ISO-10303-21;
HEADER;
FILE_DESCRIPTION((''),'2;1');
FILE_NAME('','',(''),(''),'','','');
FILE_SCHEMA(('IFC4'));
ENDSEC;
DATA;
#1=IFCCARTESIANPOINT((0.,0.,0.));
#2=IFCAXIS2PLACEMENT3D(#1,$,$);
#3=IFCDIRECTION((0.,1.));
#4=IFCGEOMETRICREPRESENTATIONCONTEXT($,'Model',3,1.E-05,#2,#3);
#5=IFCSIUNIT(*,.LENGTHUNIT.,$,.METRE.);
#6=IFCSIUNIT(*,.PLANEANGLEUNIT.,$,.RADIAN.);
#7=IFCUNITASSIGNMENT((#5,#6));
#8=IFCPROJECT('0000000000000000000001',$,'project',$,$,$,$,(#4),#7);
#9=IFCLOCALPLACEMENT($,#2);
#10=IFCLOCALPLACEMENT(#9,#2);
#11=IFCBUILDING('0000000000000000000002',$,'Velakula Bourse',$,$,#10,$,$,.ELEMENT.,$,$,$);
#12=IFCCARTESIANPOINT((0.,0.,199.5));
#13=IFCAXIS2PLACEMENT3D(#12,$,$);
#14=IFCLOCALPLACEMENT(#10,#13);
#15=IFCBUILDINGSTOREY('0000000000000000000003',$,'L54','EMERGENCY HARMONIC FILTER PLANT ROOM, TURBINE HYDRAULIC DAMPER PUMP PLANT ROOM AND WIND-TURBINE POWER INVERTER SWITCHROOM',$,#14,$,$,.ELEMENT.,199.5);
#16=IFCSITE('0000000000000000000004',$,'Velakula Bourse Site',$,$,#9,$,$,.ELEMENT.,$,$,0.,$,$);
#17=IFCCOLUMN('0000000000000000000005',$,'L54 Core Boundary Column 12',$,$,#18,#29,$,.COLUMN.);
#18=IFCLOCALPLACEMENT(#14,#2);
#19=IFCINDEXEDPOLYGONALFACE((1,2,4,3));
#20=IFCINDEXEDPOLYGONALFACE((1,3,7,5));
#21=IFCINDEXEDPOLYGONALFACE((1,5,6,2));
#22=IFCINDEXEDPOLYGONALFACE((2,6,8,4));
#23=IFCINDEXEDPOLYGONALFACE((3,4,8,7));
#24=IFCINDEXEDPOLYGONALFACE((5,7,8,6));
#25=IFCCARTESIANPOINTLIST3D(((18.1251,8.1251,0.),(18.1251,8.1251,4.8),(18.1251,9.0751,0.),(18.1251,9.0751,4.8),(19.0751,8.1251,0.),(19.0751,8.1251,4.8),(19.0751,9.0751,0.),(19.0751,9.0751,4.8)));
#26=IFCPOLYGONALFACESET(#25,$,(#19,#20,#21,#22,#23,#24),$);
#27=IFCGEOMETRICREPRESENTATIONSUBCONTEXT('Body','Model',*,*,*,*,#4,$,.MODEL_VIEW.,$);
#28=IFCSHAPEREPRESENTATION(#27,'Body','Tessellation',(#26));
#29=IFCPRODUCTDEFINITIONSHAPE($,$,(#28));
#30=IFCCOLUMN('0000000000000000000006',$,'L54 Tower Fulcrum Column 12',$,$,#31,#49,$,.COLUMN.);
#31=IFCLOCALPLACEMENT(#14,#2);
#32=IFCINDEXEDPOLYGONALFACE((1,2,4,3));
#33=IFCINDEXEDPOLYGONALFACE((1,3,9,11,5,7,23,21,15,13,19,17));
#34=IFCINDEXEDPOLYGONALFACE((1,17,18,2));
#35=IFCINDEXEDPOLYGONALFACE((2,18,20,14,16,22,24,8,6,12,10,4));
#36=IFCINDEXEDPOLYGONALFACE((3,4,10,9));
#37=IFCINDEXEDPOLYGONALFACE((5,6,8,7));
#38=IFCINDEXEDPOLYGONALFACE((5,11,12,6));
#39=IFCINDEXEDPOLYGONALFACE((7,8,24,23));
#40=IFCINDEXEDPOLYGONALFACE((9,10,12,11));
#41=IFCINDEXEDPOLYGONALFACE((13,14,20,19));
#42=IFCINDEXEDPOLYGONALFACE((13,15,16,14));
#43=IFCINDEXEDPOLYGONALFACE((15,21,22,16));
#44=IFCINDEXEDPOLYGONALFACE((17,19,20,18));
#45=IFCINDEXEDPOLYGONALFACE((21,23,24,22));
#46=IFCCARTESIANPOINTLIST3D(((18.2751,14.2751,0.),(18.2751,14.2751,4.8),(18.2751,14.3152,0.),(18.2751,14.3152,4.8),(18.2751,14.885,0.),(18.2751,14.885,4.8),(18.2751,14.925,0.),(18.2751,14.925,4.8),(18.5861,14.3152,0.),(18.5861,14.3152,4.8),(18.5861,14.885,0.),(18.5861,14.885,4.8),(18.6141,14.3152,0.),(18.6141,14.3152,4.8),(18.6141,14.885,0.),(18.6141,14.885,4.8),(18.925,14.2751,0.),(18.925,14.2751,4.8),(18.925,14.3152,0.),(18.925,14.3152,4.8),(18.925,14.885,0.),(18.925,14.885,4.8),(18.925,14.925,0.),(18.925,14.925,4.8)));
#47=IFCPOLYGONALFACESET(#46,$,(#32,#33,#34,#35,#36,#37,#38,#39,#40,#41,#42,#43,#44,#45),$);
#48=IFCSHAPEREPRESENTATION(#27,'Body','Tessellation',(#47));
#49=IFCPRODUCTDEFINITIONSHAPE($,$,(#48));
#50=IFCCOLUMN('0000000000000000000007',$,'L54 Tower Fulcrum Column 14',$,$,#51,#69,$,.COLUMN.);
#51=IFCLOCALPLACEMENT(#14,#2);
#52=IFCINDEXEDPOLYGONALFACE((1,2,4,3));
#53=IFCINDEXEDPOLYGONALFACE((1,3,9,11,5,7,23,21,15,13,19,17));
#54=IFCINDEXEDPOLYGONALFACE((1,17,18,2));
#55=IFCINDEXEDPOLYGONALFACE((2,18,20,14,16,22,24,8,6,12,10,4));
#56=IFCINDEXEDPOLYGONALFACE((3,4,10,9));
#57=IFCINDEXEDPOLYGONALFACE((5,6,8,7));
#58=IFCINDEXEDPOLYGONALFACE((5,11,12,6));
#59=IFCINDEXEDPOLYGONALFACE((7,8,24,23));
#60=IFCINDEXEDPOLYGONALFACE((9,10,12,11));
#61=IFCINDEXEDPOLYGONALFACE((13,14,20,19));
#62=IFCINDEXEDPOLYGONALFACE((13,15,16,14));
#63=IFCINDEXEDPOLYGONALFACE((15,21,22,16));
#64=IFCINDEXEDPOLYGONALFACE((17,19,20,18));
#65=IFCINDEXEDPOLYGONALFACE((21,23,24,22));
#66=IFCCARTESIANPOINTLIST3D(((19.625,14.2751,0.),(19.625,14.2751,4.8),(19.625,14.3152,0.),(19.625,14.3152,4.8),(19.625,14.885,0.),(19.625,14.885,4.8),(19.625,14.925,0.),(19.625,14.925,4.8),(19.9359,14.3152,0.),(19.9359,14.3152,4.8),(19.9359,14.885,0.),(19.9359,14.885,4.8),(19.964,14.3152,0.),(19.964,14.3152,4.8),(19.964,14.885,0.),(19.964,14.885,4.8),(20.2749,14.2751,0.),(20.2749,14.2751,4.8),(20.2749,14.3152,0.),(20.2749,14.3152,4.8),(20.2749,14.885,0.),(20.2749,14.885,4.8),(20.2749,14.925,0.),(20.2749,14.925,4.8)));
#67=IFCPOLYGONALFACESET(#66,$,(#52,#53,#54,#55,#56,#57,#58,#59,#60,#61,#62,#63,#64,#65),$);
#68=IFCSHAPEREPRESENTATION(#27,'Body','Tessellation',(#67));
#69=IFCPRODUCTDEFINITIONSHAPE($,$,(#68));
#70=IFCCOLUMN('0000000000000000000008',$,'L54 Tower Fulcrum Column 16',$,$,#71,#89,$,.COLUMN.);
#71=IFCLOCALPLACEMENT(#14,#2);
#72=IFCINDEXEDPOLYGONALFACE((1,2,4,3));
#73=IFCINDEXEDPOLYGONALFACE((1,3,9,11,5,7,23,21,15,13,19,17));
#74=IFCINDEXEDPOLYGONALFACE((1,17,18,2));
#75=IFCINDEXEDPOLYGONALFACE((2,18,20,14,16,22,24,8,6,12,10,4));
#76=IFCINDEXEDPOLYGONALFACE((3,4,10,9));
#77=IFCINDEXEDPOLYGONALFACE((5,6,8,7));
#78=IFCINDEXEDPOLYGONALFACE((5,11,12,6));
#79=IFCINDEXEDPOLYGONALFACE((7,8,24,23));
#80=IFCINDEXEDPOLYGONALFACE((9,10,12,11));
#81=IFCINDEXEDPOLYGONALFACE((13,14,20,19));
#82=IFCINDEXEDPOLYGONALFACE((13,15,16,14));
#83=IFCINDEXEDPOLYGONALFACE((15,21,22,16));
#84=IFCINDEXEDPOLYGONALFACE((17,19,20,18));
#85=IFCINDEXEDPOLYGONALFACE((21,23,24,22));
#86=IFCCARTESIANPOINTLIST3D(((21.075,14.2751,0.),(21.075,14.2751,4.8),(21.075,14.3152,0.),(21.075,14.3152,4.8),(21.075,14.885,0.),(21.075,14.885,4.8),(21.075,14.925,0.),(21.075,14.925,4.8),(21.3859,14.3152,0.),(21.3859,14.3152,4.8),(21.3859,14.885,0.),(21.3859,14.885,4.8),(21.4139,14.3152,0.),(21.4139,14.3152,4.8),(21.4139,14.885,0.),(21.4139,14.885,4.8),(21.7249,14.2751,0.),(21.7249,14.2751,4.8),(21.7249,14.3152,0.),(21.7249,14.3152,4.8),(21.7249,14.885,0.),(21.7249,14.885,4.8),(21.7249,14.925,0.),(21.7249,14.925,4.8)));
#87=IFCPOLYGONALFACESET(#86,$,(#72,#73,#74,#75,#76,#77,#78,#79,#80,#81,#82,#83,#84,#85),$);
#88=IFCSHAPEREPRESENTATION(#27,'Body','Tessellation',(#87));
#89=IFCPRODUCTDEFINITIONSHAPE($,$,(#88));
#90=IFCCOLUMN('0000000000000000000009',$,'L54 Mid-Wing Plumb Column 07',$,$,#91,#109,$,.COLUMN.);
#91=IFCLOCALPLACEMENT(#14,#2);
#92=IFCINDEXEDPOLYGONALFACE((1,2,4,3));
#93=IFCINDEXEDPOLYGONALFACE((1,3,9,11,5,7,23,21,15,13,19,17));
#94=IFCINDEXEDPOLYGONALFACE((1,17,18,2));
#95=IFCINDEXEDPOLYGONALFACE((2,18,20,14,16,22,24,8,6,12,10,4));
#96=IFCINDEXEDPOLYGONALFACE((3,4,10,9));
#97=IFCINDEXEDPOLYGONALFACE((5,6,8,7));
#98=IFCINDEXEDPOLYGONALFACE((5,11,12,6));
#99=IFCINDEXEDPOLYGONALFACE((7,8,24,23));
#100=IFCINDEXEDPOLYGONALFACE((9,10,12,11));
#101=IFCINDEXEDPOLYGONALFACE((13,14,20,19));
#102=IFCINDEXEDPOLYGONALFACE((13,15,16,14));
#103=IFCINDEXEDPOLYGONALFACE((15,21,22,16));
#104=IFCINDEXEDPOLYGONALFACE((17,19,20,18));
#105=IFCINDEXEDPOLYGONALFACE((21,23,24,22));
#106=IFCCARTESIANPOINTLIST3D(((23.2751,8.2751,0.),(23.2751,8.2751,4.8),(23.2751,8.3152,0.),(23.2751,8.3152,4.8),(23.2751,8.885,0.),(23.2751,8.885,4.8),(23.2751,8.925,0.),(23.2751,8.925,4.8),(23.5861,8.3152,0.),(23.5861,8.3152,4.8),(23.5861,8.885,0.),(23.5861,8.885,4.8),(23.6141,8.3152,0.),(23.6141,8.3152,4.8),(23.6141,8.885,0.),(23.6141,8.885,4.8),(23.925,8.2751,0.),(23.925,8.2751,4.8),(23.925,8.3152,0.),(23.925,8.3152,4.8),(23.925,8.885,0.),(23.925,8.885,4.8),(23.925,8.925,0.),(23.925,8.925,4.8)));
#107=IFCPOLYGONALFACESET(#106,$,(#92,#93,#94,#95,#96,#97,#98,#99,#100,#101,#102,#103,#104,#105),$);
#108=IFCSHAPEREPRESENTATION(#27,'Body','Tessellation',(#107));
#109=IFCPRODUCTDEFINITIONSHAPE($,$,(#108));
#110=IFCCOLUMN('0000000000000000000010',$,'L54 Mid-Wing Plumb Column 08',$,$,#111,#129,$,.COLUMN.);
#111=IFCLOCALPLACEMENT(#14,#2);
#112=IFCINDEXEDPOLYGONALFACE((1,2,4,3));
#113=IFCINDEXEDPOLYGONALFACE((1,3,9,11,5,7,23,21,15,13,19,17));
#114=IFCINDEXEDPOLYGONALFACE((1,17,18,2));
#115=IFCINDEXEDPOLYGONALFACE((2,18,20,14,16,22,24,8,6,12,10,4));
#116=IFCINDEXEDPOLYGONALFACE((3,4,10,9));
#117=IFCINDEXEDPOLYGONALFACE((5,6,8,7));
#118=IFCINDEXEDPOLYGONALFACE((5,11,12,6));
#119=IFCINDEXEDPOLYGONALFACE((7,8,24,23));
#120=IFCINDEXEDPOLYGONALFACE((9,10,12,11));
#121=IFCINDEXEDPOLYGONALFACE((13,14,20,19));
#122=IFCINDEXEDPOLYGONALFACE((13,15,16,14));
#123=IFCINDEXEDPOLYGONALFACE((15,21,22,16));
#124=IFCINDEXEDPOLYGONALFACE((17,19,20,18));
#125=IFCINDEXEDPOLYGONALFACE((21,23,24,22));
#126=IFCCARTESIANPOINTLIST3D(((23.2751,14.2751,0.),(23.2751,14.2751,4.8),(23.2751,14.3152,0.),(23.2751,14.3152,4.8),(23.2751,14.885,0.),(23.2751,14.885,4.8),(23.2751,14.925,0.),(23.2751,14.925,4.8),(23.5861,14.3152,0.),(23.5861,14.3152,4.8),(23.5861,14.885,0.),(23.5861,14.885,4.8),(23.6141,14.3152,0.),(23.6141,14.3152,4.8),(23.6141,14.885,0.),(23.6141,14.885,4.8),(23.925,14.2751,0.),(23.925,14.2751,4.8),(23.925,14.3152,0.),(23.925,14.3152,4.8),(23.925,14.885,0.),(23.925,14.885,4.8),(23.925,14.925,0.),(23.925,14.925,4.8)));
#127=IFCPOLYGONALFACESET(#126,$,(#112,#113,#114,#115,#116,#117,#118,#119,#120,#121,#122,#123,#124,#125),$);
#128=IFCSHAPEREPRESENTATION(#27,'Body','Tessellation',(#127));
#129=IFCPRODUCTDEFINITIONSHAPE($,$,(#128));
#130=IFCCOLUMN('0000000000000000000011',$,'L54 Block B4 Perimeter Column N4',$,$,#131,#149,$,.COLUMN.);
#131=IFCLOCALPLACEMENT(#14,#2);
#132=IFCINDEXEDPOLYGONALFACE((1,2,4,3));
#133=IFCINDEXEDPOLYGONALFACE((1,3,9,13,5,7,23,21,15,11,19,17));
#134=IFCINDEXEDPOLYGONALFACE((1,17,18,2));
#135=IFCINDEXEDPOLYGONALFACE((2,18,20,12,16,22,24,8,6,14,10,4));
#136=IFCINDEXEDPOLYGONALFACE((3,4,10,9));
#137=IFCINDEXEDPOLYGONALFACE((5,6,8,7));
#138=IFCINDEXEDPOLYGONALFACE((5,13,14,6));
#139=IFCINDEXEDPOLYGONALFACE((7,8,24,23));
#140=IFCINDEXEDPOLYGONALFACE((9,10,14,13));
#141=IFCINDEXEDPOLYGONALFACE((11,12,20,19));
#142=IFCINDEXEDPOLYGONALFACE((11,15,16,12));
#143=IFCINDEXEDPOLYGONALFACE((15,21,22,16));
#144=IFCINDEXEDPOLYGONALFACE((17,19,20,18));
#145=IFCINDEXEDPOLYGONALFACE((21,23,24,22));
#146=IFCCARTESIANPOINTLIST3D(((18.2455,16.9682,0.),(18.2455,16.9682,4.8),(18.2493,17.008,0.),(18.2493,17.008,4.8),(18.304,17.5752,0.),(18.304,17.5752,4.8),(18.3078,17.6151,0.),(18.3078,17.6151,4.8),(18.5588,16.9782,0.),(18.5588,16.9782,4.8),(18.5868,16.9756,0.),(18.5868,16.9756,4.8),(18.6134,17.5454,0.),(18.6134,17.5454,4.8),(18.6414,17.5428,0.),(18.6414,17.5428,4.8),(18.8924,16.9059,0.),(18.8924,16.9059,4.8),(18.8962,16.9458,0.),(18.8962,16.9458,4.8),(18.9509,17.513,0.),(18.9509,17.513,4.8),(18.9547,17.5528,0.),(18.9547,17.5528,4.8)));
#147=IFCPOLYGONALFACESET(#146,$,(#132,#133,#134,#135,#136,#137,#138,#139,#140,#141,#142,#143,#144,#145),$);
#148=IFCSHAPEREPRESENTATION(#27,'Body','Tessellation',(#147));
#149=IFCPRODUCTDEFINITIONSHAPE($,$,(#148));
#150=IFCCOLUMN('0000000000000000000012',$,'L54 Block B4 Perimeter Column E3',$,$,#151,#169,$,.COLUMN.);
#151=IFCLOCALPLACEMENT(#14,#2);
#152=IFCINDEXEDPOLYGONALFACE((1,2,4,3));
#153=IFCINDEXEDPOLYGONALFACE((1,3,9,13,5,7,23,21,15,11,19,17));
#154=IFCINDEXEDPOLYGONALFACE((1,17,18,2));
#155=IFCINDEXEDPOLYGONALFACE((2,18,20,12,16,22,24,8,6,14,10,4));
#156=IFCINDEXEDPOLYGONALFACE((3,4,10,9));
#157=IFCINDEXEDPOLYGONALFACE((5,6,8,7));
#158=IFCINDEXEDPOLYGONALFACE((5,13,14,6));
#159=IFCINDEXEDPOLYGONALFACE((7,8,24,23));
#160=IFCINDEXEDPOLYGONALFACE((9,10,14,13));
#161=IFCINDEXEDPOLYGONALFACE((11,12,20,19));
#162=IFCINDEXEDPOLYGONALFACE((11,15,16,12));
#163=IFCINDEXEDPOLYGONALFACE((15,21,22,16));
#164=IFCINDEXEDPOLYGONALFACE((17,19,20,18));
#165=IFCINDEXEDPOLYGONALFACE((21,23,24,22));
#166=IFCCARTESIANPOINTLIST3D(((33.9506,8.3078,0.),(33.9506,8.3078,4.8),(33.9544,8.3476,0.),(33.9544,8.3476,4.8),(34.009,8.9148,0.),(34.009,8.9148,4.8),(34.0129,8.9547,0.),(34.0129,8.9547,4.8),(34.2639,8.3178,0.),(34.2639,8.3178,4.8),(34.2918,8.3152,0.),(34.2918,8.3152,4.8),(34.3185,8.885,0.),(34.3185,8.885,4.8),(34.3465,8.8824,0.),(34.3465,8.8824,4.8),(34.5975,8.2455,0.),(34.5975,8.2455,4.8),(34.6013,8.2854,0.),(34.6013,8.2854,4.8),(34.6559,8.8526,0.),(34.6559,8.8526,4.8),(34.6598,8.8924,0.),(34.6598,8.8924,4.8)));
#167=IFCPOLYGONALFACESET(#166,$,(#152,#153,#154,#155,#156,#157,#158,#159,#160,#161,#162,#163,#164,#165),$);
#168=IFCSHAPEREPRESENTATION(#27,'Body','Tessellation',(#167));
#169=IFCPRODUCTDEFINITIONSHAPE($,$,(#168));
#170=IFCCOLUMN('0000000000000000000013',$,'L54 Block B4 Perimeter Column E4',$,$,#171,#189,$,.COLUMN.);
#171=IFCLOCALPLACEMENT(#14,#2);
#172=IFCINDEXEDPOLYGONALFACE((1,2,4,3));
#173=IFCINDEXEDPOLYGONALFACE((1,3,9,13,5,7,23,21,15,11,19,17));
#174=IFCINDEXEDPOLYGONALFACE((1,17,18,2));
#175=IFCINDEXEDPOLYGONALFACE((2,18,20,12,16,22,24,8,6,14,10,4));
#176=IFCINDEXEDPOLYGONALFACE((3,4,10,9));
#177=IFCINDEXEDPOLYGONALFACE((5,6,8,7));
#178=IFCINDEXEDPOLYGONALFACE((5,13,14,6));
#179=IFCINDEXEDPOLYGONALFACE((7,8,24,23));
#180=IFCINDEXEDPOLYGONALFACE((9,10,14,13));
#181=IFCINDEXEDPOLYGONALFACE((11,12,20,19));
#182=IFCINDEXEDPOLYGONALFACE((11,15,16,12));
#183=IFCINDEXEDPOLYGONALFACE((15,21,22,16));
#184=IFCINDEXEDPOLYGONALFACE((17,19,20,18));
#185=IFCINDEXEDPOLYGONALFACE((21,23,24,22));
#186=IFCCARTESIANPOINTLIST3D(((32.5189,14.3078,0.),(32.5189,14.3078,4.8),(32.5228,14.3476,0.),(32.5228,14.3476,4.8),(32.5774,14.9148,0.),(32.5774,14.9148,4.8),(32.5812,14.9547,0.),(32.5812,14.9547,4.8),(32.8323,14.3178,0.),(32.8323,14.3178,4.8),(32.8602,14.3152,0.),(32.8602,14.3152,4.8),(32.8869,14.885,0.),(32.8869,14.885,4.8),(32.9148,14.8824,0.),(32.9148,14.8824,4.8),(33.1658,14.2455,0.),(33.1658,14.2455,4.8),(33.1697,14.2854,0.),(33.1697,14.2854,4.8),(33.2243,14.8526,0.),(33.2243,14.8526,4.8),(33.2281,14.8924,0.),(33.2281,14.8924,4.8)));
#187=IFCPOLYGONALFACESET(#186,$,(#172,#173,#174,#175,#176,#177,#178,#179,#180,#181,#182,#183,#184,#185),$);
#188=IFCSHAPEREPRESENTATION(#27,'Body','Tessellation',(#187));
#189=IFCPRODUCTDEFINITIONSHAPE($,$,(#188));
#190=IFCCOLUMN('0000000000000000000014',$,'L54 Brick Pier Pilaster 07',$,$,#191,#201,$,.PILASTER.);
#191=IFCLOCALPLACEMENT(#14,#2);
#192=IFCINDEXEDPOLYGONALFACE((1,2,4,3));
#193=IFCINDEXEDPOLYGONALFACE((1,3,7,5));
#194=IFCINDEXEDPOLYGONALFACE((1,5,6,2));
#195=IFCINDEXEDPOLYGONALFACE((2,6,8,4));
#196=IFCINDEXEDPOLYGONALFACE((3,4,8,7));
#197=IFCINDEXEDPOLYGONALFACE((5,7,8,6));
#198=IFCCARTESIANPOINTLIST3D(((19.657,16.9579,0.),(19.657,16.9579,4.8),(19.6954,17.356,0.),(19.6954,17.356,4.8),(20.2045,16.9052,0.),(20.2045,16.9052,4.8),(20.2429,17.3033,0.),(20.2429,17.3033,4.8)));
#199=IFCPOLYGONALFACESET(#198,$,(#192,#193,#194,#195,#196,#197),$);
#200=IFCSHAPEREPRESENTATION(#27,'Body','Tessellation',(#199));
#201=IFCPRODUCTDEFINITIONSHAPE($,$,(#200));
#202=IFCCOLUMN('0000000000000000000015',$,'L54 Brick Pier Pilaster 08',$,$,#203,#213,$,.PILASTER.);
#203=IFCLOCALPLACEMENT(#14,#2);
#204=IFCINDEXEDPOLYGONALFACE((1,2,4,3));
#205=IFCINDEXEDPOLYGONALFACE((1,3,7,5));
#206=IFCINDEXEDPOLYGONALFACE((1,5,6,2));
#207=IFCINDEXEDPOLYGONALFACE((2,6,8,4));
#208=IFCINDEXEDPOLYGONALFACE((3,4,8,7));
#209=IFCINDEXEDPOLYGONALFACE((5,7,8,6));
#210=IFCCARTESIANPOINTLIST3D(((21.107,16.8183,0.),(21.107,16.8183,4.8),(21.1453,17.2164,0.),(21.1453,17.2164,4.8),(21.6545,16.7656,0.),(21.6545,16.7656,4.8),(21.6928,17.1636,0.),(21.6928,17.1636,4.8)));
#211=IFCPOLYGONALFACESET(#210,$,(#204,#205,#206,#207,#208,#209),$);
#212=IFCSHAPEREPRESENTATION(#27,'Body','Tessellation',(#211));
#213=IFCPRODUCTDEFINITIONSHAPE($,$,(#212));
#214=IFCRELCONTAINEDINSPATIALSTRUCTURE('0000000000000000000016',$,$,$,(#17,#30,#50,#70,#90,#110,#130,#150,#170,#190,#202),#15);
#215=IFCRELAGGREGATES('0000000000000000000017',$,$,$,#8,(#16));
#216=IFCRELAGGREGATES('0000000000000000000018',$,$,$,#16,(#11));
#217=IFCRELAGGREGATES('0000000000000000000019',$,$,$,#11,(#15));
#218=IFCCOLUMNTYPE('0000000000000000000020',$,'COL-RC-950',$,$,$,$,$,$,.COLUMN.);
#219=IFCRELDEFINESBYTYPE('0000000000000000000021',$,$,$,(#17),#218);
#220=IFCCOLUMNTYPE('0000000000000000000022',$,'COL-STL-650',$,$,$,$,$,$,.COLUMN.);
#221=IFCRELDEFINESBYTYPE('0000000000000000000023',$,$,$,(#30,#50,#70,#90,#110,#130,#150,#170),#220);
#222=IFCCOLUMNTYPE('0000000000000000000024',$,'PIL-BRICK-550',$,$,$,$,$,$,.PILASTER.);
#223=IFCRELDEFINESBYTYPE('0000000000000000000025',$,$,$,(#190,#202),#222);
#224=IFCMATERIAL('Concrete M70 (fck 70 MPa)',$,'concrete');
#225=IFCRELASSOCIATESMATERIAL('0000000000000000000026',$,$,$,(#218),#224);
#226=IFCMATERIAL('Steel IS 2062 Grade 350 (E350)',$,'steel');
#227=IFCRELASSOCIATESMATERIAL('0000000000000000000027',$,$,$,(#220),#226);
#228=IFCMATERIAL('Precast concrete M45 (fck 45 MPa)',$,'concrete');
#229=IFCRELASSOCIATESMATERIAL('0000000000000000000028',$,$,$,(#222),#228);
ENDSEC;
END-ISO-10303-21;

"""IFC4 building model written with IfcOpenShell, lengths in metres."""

from ifc_helpers import new_model, si_unit, direction, frame, origin, origin_2d, place, context, subcontext, project, spatial, rectangle, i_section, extrude, material, material_profile, profile_set, type_object, element, save


model = new_model("IFC4")

# Units and contexts
model_context = context("Model", 3, precision=1e-05, world=origin(), true_north=direction((0.0, 1.0)))
body_context = subcontext(model_context, "Body", "Model", "MODEL_VIEW")
ifc_project = project(units=[si_unit("LENGTHUNIT", "METRE"), si_unit("PLANEANGLEUNIT", "RADIAN")], contexts=[model_context])

# Site, building, storey
site_placement = place(None, origin())
site = spatial("IfcSite", under=ifc_project, at=site_placement, Name="Velakula Bourse Site", CompositionType="ELEMENT", RefElevation=0.0)
building_placement = place(site_placement, origin())
building = spatial("IfcBuilding", under=site, at=building_placement, Name="Velakula Bourse", CompositionType="ELEMENT")
storey_placement = place(building_placement, frame((0.0, 0.0, 199.5)))
storey = spatial("IfcBuildingStorey", under=building, at=storey_placement, Name="L54", Description="EMERGENCY HARMONIC FILTER PLANT ROOM, TURBINE HYDRAULIC DAMPER PUMP PLANT ROOM AND WIND-TURBINE POWER INVERTER SWITCHROOM", CompositionType="ELEMENT", Elevation=199.5)

# Columns
ifc_material_1 = material(Name="Concrete M70 (fck 70 MPa)", Category="concrete")
ifc_material_profile_1 = material_profile(ifc_material_1, rectangle(XDim=0.95, YDim=0.95, at=origin_2d()), Name="Concrete M70 (fck 70 MPa)")
ifc_profile_set_1 = profile_set([ifc_material_profile_1], Name="Concrete M70 (fck 70 MPa)")
column_type_1 = type_object("IfcColumnType", Name="COL-RC-950", PredefinedType="COLUMN", material=ifc_profile_set_1)
column_placement = place(storey_placement, frame((18.6001, 8.6001, 0.0), z_axis=(0.0, 0.0, 1.0), x_axis=(1.0, 0.0, 0.0)))
element("IfcColumn", 1, at=column_placement, inside=storey, type_object=column_type_1, Name="L54 Core Boundary Column 12", PredefinedType="COLUMN", context=body_context, shape_type="SweptSolid", body=[
    extrude(rectangle(XDim=0.95, YDim=0.95, at=origin_2d()), origin(), (0.0, 0.0, 1.0), 4.8),
])
ifc_material_2 = material(Name="Steel IS 2062 Grade 350 (E350)", Category="steel")
ifc_material_profile_2 = material_profile(ifc_material_2, i_section(OverallWidth=0.6499, OverallDepth=0.6499, WebThickness=0.0281, FlangeThickness=0.04, at=origin_2d()), Name="Steel IS 2062 Grade 350 (E350)")
ifc_profile_set_2 = profile_set([ifc_material_profile_2], Name="Steel IS 2062 Grade 350 (E350)")
column_type_2 = type_object("IfcColumnType", Name="COL-STL-650", PredefinedType="COLUMN", material=ifc_profile_set_2)
for number, where, z_axis, x_axis, name in (
    (2, (18.6001, 14.6001, 0.0), (0.0, 0.0, 1.0), (1.0, 0.0, 0.0), "L54 Tower Fulcrum Column 12"),
    (3, (19.95, 14.6001, 0.0), (0.0, 0.0, 1.0), (1.0, 0.0, 0.0), "L54 Tower Fulcrum Column 14"),
    (4, (21.3999, 14.6001, 0.0), (0.0, 0.0, 1.0), (1.0, 0.0, 0.0), "L54 Tower Fulcrum Column 16"),
    (5, (23.6001, 8.6001, 0.0), (0.0, 0.0, 1.0), (1.0, 0.0, 0.0), "L54 Mid-Wing Plumb Column 07"),
    (6, (23.6001, 14.6001, 0.0), (0.0, 0.0, 1.0), (1.0, 0.0, 0.0), "L54 Mid-Wing Plumb Column 08"),
    (7, (18.6001, 17.2605, 0.0), (0.0, 0.0, 1.0), (0.995396, -0.095846, 0.0), "L54 Block B4 Perimeter Column N4"),
    (8, (34.3052, 8.6001, 0.0), (0.0, 0.0, 1.0), (0.995396, -0.095846, 0.0), "L54 Block B4 Perimeter Column E3"),
    (9, (32.8735, 14.6001, 0.0), (0.0, 0.0, 1.0), (0.995396, -0.095846, 0.0), "L54 Block B4 Perimeter Column E4"),
):
    element("IfcColumn", number, at=place(storey_placement, frame(where, z_axis=z_axis, x_axis=x_axis)), inside=storey, type_object=column_type_2, Name=name, PredefinedType="COLUMN", context=body_context, shape_type="SweptSolid", body=[
        extrude(i_section(OverallWidth=0.6499, OverallDepth=0.6499, WebThickness=0.0281, FlangeThickness=0.04, at=origin_2d()), origin(), (0.0, 0.0, 1.0), 4.8),
    ])
ifc_material_3 = material(Name="Precast concrete M45 (fck 45 MPa)", Category="concrete")
ifc_material_profile_3 = material_profile(ifc_material_3, rectangle(XDim=0.55, YDim=0.3999, at=origin_2d()), Name="Precast concrete M45 (fck 45 MPa)")
ifc_profile_set_3 = profile_set([ifc_material_profile_3], Name="Precast concrete M45 (fck 45 MPa)")
column_type_3 = type_object("IfcColumnType", Name="PIL-BRICK-550", PredefinedType="PILASTER", material=ifc_profile_set_3)
for number, where, z_axis, x_axis, name in (
    (10, (19.95, 17.1306, 0.0), (0.0, 0.0, 1.0), (0.995396, -0.095846, 0.0), "L54 Brick Pier Pilaster 07"),
    (11, (21.3999, 16.991, 0.0), (0.0, 0.0, 1.0), (0.995396, -0.095846, 0.0), "L54 Brick Pier Pilaster 08"),
):
    element("IfcColumn", number, at=place(storey_placement, frame(where, z_axis=z_axis, x_axis=x_axis)), inside=storey, type_object=column_type_3, Name=name, PredefinedType="PILASTER", context=body_context, shape_type="SweptSolid", body=[
        extrude(rectangle(XDim=0.55, YDim=0.3999, at=origin_2d()), origin(), (0.0, 0.0, 1.0), 4.8),
    ])

save(model, "model.ifc")
